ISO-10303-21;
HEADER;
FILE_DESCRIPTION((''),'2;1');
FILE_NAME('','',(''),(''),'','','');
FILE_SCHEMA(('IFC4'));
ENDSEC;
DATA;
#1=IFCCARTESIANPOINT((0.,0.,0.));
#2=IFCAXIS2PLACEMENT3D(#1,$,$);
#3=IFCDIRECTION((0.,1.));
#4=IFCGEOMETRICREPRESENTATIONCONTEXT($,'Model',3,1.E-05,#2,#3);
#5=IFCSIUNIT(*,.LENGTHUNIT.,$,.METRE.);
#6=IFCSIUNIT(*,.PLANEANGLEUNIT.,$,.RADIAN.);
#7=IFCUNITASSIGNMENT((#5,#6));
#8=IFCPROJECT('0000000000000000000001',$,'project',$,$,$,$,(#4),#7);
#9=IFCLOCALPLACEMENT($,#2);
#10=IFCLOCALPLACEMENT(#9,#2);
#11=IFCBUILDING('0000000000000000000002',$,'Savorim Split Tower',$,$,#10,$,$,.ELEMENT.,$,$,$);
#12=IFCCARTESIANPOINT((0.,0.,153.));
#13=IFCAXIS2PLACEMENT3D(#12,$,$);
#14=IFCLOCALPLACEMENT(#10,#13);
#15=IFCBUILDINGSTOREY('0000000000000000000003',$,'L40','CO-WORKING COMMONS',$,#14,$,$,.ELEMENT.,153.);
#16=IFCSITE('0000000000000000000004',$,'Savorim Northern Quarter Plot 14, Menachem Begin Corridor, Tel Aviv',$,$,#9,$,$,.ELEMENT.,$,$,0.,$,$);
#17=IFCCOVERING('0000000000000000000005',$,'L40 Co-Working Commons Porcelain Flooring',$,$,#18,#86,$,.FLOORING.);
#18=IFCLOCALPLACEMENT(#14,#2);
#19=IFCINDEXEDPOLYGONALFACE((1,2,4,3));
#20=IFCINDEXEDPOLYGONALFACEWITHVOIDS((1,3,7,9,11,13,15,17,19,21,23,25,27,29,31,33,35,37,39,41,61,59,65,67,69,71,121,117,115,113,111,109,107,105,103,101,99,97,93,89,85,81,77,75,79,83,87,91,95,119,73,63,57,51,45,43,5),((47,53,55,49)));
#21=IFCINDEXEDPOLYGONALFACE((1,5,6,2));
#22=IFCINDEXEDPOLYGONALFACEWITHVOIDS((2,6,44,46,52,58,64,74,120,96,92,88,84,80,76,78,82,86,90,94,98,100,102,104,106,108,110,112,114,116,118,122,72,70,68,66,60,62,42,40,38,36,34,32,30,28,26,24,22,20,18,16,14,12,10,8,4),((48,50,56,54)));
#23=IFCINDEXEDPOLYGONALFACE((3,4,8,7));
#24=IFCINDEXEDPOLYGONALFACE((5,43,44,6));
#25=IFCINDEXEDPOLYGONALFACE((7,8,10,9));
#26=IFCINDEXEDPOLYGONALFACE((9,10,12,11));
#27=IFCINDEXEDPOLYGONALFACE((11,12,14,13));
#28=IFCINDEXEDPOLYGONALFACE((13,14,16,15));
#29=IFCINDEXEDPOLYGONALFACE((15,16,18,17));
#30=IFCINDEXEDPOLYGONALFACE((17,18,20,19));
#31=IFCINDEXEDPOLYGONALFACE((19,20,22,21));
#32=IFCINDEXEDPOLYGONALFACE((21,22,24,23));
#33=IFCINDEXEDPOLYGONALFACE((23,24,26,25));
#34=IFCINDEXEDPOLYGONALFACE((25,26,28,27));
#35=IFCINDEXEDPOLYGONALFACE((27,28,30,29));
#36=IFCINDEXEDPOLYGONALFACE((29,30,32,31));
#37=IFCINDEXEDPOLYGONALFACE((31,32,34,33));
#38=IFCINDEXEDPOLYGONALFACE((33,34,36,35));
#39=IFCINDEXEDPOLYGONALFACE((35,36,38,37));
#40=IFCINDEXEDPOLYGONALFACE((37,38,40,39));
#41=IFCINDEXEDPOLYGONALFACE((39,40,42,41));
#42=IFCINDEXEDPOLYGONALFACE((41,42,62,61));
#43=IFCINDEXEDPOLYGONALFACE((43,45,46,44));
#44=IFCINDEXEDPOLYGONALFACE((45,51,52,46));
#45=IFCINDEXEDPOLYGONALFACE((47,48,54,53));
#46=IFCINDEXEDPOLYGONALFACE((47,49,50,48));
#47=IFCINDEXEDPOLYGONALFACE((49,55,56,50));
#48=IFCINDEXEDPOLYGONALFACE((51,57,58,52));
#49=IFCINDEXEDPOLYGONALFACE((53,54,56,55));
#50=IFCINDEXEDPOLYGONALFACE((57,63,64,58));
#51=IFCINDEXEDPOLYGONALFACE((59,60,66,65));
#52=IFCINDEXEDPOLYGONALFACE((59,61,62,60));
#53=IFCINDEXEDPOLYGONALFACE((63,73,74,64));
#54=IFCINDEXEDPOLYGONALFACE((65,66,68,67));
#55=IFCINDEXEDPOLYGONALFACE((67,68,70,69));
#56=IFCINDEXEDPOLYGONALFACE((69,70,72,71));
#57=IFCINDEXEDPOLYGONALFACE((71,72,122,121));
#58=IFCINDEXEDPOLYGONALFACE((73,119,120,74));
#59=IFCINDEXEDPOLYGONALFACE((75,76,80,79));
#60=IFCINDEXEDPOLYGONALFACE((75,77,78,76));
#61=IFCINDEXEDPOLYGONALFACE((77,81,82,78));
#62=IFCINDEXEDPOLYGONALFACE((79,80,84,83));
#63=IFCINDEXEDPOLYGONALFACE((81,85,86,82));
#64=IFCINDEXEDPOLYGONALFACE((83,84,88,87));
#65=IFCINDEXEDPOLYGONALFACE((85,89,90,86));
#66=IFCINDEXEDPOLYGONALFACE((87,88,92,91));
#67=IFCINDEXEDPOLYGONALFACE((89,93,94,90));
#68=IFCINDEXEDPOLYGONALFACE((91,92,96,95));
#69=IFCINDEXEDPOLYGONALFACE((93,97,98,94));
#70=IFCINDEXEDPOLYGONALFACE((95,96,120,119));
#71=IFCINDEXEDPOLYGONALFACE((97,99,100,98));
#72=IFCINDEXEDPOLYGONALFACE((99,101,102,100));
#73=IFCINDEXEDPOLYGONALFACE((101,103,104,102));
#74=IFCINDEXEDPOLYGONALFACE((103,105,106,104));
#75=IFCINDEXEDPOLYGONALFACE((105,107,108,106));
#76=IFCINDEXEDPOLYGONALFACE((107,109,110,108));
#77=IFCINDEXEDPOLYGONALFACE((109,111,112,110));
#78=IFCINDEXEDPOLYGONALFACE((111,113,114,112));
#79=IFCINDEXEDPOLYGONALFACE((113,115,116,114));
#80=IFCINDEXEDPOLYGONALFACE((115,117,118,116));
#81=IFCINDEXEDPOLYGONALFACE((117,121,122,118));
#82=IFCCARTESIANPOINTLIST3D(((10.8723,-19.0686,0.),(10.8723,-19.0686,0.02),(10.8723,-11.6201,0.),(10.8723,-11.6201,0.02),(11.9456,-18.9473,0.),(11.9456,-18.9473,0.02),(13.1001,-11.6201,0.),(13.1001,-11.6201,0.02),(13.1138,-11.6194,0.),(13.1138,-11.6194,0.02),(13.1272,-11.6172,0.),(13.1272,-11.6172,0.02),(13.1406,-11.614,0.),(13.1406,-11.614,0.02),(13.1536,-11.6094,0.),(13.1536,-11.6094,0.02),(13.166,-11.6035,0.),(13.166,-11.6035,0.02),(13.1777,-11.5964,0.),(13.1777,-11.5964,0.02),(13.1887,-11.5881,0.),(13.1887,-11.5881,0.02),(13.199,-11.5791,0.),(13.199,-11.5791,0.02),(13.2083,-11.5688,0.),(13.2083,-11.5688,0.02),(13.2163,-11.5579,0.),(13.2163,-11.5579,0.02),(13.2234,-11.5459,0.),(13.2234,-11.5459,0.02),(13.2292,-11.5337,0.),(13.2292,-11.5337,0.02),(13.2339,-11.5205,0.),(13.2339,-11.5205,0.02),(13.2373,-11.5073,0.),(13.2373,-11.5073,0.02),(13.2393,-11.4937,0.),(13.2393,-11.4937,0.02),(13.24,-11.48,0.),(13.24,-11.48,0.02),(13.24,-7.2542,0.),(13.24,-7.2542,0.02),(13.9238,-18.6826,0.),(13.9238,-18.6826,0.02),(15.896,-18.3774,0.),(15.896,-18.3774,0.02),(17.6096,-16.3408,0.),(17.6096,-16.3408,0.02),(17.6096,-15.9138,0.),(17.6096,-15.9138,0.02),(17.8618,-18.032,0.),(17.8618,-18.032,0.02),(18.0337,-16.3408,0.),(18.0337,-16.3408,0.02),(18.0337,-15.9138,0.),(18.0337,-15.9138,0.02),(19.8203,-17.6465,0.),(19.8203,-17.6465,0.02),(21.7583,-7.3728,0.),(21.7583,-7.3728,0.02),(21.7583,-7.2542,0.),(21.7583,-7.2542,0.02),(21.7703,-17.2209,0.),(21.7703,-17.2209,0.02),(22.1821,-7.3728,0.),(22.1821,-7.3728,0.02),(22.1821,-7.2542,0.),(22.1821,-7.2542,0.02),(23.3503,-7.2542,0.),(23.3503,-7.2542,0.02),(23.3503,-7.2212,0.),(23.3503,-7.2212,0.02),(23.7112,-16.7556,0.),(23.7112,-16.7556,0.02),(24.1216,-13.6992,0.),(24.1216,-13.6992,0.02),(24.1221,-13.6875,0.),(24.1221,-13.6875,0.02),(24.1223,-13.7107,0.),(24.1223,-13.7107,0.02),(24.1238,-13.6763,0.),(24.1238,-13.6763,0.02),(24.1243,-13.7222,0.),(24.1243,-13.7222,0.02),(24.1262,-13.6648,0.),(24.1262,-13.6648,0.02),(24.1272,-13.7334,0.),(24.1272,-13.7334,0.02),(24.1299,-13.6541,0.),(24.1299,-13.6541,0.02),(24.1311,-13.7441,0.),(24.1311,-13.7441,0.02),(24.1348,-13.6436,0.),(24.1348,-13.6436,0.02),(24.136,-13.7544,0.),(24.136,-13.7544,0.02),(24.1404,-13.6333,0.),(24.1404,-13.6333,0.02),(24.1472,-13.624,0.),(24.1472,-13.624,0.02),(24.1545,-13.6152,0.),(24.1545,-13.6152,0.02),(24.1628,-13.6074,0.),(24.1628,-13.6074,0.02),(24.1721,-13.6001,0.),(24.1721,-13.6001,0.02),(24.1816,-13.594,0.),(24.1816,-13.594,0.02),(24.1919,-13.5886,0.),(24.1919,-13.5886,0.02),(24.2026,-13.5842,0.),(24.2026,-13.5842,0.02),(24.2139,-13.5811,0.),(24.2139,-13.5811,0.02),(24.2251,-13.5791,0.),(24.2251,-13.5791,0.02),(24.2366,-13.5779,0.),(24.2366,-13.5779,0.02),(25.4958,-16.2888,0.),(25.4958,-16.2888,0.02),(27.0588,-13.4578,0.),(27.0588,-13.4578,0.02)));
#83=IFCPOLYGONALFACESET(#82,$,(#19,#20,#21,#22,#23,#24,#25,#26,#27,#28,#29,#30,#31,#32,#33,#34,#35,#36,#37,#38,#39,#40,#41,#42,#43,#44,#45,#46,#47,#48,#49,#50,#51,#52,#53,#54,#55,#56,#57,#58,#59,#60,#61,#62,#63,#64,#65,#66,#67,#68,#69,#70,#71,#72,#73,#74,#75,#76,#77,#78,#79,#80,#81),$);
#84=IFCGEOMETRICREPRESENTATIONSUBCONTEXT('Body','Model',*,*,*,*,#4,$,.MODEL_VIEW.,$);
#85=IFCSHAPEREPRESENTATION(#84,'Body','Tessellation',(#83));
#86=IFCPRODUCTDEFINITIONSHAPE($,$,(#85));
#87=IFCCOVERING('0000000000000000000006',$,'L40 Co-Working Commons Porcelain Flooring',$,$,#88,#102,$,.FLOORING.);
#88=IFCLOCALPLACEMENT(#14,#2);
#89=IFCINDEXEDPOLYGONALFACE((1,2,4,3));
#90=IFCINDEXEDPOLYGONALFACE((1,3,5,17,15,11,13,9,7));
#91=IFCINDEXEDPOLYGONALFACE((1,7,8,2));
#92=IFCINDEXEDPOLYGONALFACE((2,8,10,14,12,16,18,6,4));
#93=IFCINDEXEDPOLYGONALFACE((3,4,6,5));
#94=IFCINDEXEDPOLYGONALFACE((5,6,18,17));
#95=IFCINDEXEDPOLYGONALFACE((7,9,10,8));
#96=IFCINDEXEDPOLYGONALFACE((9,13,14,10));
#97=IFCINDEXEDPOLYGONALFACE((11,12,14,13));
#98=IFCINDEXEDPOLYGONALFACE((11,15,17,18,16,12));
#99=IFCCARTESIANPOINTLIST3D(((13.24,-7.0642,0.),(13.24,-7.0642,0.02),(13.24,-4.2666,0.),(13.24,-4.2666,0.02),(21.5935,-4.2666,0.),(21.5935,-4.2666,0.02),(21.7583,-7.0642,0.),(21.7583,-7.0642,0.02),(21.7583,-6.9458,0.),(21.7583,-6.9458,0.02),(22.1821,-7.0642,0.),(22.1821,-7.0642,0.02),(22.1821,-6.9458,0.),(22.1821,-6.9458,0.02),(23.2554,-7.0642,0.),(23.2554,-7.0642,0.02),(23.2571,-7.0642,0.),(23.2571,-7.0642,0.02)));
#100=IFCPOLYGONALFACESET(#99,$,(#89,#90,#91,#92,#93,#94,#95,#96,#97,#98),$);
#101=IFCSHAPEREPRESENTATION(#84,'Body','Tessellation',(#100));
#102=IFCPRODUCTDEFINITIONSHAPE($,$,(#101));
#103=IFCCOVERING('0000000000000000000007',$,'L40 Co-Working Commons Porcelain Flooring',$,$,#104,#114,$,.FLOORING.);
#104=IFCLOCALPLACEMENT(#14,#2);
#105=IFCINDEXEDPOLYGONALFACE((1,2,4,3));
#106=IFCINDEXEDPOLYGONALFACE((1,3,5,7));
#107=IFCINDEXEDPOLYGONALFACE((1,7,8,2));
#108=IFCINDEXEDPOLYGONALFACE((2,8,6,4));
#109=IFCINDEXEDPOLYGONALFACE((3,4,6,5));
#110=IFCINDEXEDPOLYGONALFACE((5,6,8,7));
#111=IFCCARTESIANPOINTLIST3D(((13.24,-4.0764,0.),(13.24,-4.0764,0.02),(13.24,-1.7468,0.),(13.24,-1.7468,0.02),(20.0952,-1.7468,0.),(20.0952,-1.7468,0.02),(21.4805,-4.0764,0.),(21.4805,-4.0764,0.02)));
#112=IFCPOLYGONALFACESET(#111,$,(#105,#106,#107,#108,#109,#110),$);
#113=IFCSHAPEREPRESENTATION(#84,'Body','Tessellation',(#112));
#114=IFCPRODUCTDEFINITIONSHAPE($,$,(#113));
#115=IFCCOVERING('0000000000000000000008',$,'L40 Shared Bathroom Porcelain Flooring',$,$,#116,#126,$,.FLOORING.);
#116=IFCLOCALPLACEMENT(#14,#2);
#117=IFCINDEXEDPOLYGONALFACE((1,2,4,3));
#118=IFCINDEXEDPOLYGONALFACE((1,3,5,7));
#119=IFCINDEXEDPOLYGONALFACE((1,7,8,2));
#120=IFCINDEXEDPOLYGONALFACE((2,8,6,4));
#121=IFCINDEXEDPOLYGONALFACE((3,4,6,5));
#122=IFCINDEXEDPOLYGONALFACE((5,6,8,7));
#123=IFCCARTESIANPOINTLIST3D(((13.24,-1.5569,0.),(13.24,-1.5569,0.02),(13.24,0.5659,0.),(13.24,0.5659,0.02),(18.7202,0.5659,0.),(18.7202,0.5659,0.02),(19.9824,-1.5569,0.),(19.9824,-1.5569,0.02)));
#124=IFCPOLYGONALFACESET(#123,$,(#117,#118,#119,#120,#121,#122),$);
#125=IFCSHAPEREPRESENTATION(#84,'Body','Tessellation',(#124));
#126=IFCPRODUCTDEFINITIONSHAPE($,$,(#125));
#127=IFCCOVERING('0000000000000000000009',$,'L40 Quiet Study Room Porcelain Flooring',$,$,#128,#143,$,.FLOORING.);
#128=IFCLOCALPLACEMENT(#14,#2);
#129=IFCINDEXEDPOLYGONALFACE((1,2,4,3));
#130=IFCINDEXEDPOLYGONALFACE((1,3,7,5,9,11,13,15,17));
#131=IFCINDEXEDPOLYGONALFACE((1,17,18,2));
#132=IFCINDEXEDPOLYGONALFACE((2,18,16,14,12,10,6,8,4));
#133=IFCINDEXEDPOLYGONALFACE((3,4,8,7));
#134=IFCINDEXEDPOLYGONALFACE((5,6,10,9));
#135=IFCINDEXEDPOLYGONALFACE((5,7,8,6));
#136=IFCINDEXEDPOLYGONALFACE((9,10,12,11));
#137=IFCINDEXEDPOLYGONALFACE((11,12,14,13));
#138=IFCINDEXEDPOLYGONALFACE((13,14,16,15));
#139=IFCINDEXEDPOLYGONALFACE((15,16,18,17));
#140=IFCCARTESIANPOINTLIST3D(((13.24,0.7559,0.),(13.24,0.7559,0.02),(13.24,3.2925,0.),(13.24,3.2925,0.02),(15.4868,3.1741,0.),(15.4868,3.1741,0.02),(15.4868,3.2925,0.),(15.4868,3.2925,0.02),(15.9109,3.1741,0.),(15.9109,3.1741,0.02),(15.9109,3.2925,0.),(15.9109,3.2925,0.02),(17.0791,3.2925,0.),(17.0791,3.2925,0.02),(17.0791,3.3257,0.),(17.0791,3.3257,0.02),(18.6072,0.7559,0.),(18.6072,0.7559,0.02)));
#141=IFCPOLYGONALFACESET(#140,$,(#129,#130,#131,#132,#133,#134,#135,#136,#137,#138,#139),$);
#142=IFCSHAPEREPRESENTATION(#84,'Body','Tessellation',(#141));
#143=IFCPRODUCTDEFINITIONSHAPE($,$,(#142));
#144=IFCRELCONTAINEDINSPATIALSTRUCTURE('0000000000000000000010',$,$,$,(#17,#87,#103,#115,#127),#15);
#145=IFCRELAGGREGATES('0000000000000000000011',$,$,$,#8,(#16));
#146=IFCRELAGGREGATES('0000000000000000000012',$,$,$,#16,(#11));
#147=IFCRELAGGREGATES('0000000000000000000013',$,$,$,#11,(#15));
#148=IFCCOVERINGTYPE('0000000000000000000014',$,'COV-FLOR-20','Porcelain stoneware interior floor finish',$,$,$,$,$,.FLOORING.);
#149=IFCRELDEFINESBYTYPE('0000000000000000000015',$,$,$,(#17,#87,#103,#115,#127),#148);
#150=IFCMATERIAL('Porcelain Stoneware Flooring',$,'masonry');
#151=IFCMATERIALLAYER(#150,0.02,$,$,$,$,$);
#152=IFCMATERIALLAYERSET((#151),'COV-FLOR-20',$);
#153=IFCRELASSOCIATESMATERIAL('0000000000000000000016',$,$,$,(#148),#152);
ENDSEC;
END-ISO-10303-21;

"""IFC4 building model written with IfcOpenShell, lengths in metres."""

from ifc_helpers import new_model, si_unit, direction, frame, origin, place, context, subcontext, project, spatial, polyline, outline, extrude, material, layer, layer_set, type_object, element, save


model = new_model("IFC4")

# Units and contexts
model_context = context("Model", 3, precision=1e-05, world=origin(), true_north=direction((0.0, 1.0)))
body_context = subcontext(model_context, "Body", "Model", "MODEL_VIEW")
ifc_project = project(units=[si_unit("LENGTHUNIT", "METRE"), si_unit("PLANEANGLEUNIT", "RADIAN")], contexts=[model_context])

# Site, building, storey
site_placement = place(None, origin())
site = spatial("IfcSite", under=ifc_project, at=site_placement, Name="Savorim Northern Quarter Plot 14, Menachem Begin Corridor, Tel Aviv", CompositionType="ELEMENT", RefElevation=0.0)
building_placement = place(site_placement, origin())
building = spatial("IfcBuilding", under=site, at=building_placement, Name="Savorim Split Tower", CompositionType="ELEMENT")
storey_placement = place(building_placement, frame((0.0, 0.0, 153.0)))
storey = spatial("IfcBuildingStorey", under=building, at=storey_placement, Name="L40", Description="CO-WORKING COMMONS", CompositionType="ELEMENT", Elevation=153.0)

# Coverings
ifc_material_1 = material(Name="Porcelain Stoneware Flooring", Category="masonry")
ifc_layer_1 = layer(ifc_material_1, 0.02)
ifc_layer_set_1 = layer_set([ifc_layer_1], Name="COV-FLOR-20")
covering_type_1 = type_object("IfcCoveringType", Name="COV-FLOR-20", Description="Porcelain stoneware interior floor finish", PredefinedType="FLOORING", material=ifc_layer_set_1)
covering_1_placement = place(storey_placement, origin())
element("IfcCovering", 1, at=covering_1_placement, inside=storey, type_object=covering_type_1, Name="L40 Co-Working Commons Porcelain Flooring", PredefinedType="FLOORING", context=body_context, shape_type="SweptSolid", body=[
    extrude(outline(polyline([(24.2139, -13.5811), (24.2251, -13.5791), (24.2366, -13.5779), (27.0588, -13.4578), (23.3503, -7.2212), (23.3503, -7.2542), (22.1821, -7.2542), (22.1821, -7.3728), (21.7583, -7.3728), (21.7583, -7.2542), (13.24, -7.2542), (13.24, -11.48), (13.2393, -11.4937), (13.2373, -11.5073), (13.2339, -11.5205), (13.2292, -11.5337), (13.2234, -11.5459), (13.2163, -11.5579), (13.2083, -11.5688), (13.199, -11.5791), (13.1887, -11.5881), (13.1777, -11.5964), (13.166, -11.6035), (13.1536, -11.6094), (13.1406, -11.614), (13.1272, -11.6172), (13.1138, -11.6194), (13.1001, -11.6201), (10.8723, -11.6201), (10.8723, -19.0686), (11.9456, -18.9473), (13.9238, -18.6826), (15.896, -18.3774), (17.8618, -18.032), (19.8203, -17.6465), (21.7703, -17.2209), (23.7112, -16.7556), (25.4958, -16.2888), (24.136, -13.7544), (24.1311, -13.7441), (24.1272, -13.7334), (24.1243, -13.7222), (24.1223, -13.7107), (24.1216, -13.6992), (24.1221, -13.6875), (24.1238, -13.6763), (24.1262, -13.6648), (24.1299, -13.6541), (24.1348, -13.6436), (24.1404, -13.6333), (24.1472, -13.624), (24.1545, -13.6152), (24.1628, -13.6074), (24.1721, -13.6001), (24.1816, -13.594), (24.1919, -13.5886), (24.2026, -13.5842), (24.2139, -13.5811)]), holes=[polyline([(18.0337, -16.3408), (18.0337, -15.9138), (17.6096, -15.9138), (17.6096, -16.3408), (18.0337, -16.3408)])]), origin(), (0.0, 0.0, 1.0), 0.02),
])
covering_2_placement = place(storey_placement, origin())
element("IfcCovering", 2, at=covering_2_placement, inside=storey, type_object=covering_type_1, Name="L40 Co-Working Commons Porcelain Flooring", PredefinedType="FLOORING", context=body_context, shape_type="SweptSolid", body=[
    extrude(outline(polyline([(22.1821, -6.9458), (22.1821, -7.0642), (23.2554, -7.0642), (23.2571, -7.0642), (21.5935, -4.2666), (13.24, -4.2666), (13.24, -7.0642), (21.7583, -7.0642), (21.7583, -6.9458), (22.1821, -6.9458)])), origin(), (0.0, 0.0, 1.0), 0.02),
])
covering_3_placement = place(storey_placement, origin())
element("IfcCovering", 3, at=covering_3_placement, inside=storey, type_object=covering_type_1, Name="L40 Co-Working Commons Porcelain Flooring", PredefinedType="FLOORING", context=body_context, shape_type="SweptSolid", body=[
    extrude(outline(polyline([(21.4805, -4.0764), (20.0952, -1.7468), (13.24, -1.7468), (13.24, -4.0764), (21.4805, -4.0764)])), origin(), (0.0, 0.0, 1.0), 0.02),
])
covering_4_placement = place(storey_placement, origin())
element("IfcCovering", 4, at=covering_4_placement, inside=storey, type_object=covering_type_1, Name="L40 Shared Bathroom Porcelain Flooring", PredefinedType="FLOORING", context=body_context, shape_type="SweptSolid", body=[
    extrude(outline(polyline([(19.9824, -1.5569), (18.7202, 0.5659), (13.24, 0.5659), (13.24, -1.5569), (19.9824, -1.5569)])), origin(), (0.0, 0.0, 1.0), 0.02),
])
covering_5_placement = place(storey_placement, origin())
element("IfcCovering", 5, at=covering_5_placement, inside=storey, type_object=covering_type_1, Name="L40 Quiet Study Room Porcelain Flooring", PredefinedType="FLOORING", context=body_context, shape_type="SweptSolid", body=[
    extrude(outline(polyline([(15.4868, 3.1741), (15.4868, 3.2925), (13.24, 3.2925), (13.24, 0.7559), (18.6072, 0.7559), (17.0791, 3.3257), (17.0791, 3.2925), (15.9109, 3.2925), (15.9109, 3.1741), (15.4868, 3.1741)])), origin(), (0.0, 0.0, 1.0), 0.02),
])

save(model, "model.ifc")
